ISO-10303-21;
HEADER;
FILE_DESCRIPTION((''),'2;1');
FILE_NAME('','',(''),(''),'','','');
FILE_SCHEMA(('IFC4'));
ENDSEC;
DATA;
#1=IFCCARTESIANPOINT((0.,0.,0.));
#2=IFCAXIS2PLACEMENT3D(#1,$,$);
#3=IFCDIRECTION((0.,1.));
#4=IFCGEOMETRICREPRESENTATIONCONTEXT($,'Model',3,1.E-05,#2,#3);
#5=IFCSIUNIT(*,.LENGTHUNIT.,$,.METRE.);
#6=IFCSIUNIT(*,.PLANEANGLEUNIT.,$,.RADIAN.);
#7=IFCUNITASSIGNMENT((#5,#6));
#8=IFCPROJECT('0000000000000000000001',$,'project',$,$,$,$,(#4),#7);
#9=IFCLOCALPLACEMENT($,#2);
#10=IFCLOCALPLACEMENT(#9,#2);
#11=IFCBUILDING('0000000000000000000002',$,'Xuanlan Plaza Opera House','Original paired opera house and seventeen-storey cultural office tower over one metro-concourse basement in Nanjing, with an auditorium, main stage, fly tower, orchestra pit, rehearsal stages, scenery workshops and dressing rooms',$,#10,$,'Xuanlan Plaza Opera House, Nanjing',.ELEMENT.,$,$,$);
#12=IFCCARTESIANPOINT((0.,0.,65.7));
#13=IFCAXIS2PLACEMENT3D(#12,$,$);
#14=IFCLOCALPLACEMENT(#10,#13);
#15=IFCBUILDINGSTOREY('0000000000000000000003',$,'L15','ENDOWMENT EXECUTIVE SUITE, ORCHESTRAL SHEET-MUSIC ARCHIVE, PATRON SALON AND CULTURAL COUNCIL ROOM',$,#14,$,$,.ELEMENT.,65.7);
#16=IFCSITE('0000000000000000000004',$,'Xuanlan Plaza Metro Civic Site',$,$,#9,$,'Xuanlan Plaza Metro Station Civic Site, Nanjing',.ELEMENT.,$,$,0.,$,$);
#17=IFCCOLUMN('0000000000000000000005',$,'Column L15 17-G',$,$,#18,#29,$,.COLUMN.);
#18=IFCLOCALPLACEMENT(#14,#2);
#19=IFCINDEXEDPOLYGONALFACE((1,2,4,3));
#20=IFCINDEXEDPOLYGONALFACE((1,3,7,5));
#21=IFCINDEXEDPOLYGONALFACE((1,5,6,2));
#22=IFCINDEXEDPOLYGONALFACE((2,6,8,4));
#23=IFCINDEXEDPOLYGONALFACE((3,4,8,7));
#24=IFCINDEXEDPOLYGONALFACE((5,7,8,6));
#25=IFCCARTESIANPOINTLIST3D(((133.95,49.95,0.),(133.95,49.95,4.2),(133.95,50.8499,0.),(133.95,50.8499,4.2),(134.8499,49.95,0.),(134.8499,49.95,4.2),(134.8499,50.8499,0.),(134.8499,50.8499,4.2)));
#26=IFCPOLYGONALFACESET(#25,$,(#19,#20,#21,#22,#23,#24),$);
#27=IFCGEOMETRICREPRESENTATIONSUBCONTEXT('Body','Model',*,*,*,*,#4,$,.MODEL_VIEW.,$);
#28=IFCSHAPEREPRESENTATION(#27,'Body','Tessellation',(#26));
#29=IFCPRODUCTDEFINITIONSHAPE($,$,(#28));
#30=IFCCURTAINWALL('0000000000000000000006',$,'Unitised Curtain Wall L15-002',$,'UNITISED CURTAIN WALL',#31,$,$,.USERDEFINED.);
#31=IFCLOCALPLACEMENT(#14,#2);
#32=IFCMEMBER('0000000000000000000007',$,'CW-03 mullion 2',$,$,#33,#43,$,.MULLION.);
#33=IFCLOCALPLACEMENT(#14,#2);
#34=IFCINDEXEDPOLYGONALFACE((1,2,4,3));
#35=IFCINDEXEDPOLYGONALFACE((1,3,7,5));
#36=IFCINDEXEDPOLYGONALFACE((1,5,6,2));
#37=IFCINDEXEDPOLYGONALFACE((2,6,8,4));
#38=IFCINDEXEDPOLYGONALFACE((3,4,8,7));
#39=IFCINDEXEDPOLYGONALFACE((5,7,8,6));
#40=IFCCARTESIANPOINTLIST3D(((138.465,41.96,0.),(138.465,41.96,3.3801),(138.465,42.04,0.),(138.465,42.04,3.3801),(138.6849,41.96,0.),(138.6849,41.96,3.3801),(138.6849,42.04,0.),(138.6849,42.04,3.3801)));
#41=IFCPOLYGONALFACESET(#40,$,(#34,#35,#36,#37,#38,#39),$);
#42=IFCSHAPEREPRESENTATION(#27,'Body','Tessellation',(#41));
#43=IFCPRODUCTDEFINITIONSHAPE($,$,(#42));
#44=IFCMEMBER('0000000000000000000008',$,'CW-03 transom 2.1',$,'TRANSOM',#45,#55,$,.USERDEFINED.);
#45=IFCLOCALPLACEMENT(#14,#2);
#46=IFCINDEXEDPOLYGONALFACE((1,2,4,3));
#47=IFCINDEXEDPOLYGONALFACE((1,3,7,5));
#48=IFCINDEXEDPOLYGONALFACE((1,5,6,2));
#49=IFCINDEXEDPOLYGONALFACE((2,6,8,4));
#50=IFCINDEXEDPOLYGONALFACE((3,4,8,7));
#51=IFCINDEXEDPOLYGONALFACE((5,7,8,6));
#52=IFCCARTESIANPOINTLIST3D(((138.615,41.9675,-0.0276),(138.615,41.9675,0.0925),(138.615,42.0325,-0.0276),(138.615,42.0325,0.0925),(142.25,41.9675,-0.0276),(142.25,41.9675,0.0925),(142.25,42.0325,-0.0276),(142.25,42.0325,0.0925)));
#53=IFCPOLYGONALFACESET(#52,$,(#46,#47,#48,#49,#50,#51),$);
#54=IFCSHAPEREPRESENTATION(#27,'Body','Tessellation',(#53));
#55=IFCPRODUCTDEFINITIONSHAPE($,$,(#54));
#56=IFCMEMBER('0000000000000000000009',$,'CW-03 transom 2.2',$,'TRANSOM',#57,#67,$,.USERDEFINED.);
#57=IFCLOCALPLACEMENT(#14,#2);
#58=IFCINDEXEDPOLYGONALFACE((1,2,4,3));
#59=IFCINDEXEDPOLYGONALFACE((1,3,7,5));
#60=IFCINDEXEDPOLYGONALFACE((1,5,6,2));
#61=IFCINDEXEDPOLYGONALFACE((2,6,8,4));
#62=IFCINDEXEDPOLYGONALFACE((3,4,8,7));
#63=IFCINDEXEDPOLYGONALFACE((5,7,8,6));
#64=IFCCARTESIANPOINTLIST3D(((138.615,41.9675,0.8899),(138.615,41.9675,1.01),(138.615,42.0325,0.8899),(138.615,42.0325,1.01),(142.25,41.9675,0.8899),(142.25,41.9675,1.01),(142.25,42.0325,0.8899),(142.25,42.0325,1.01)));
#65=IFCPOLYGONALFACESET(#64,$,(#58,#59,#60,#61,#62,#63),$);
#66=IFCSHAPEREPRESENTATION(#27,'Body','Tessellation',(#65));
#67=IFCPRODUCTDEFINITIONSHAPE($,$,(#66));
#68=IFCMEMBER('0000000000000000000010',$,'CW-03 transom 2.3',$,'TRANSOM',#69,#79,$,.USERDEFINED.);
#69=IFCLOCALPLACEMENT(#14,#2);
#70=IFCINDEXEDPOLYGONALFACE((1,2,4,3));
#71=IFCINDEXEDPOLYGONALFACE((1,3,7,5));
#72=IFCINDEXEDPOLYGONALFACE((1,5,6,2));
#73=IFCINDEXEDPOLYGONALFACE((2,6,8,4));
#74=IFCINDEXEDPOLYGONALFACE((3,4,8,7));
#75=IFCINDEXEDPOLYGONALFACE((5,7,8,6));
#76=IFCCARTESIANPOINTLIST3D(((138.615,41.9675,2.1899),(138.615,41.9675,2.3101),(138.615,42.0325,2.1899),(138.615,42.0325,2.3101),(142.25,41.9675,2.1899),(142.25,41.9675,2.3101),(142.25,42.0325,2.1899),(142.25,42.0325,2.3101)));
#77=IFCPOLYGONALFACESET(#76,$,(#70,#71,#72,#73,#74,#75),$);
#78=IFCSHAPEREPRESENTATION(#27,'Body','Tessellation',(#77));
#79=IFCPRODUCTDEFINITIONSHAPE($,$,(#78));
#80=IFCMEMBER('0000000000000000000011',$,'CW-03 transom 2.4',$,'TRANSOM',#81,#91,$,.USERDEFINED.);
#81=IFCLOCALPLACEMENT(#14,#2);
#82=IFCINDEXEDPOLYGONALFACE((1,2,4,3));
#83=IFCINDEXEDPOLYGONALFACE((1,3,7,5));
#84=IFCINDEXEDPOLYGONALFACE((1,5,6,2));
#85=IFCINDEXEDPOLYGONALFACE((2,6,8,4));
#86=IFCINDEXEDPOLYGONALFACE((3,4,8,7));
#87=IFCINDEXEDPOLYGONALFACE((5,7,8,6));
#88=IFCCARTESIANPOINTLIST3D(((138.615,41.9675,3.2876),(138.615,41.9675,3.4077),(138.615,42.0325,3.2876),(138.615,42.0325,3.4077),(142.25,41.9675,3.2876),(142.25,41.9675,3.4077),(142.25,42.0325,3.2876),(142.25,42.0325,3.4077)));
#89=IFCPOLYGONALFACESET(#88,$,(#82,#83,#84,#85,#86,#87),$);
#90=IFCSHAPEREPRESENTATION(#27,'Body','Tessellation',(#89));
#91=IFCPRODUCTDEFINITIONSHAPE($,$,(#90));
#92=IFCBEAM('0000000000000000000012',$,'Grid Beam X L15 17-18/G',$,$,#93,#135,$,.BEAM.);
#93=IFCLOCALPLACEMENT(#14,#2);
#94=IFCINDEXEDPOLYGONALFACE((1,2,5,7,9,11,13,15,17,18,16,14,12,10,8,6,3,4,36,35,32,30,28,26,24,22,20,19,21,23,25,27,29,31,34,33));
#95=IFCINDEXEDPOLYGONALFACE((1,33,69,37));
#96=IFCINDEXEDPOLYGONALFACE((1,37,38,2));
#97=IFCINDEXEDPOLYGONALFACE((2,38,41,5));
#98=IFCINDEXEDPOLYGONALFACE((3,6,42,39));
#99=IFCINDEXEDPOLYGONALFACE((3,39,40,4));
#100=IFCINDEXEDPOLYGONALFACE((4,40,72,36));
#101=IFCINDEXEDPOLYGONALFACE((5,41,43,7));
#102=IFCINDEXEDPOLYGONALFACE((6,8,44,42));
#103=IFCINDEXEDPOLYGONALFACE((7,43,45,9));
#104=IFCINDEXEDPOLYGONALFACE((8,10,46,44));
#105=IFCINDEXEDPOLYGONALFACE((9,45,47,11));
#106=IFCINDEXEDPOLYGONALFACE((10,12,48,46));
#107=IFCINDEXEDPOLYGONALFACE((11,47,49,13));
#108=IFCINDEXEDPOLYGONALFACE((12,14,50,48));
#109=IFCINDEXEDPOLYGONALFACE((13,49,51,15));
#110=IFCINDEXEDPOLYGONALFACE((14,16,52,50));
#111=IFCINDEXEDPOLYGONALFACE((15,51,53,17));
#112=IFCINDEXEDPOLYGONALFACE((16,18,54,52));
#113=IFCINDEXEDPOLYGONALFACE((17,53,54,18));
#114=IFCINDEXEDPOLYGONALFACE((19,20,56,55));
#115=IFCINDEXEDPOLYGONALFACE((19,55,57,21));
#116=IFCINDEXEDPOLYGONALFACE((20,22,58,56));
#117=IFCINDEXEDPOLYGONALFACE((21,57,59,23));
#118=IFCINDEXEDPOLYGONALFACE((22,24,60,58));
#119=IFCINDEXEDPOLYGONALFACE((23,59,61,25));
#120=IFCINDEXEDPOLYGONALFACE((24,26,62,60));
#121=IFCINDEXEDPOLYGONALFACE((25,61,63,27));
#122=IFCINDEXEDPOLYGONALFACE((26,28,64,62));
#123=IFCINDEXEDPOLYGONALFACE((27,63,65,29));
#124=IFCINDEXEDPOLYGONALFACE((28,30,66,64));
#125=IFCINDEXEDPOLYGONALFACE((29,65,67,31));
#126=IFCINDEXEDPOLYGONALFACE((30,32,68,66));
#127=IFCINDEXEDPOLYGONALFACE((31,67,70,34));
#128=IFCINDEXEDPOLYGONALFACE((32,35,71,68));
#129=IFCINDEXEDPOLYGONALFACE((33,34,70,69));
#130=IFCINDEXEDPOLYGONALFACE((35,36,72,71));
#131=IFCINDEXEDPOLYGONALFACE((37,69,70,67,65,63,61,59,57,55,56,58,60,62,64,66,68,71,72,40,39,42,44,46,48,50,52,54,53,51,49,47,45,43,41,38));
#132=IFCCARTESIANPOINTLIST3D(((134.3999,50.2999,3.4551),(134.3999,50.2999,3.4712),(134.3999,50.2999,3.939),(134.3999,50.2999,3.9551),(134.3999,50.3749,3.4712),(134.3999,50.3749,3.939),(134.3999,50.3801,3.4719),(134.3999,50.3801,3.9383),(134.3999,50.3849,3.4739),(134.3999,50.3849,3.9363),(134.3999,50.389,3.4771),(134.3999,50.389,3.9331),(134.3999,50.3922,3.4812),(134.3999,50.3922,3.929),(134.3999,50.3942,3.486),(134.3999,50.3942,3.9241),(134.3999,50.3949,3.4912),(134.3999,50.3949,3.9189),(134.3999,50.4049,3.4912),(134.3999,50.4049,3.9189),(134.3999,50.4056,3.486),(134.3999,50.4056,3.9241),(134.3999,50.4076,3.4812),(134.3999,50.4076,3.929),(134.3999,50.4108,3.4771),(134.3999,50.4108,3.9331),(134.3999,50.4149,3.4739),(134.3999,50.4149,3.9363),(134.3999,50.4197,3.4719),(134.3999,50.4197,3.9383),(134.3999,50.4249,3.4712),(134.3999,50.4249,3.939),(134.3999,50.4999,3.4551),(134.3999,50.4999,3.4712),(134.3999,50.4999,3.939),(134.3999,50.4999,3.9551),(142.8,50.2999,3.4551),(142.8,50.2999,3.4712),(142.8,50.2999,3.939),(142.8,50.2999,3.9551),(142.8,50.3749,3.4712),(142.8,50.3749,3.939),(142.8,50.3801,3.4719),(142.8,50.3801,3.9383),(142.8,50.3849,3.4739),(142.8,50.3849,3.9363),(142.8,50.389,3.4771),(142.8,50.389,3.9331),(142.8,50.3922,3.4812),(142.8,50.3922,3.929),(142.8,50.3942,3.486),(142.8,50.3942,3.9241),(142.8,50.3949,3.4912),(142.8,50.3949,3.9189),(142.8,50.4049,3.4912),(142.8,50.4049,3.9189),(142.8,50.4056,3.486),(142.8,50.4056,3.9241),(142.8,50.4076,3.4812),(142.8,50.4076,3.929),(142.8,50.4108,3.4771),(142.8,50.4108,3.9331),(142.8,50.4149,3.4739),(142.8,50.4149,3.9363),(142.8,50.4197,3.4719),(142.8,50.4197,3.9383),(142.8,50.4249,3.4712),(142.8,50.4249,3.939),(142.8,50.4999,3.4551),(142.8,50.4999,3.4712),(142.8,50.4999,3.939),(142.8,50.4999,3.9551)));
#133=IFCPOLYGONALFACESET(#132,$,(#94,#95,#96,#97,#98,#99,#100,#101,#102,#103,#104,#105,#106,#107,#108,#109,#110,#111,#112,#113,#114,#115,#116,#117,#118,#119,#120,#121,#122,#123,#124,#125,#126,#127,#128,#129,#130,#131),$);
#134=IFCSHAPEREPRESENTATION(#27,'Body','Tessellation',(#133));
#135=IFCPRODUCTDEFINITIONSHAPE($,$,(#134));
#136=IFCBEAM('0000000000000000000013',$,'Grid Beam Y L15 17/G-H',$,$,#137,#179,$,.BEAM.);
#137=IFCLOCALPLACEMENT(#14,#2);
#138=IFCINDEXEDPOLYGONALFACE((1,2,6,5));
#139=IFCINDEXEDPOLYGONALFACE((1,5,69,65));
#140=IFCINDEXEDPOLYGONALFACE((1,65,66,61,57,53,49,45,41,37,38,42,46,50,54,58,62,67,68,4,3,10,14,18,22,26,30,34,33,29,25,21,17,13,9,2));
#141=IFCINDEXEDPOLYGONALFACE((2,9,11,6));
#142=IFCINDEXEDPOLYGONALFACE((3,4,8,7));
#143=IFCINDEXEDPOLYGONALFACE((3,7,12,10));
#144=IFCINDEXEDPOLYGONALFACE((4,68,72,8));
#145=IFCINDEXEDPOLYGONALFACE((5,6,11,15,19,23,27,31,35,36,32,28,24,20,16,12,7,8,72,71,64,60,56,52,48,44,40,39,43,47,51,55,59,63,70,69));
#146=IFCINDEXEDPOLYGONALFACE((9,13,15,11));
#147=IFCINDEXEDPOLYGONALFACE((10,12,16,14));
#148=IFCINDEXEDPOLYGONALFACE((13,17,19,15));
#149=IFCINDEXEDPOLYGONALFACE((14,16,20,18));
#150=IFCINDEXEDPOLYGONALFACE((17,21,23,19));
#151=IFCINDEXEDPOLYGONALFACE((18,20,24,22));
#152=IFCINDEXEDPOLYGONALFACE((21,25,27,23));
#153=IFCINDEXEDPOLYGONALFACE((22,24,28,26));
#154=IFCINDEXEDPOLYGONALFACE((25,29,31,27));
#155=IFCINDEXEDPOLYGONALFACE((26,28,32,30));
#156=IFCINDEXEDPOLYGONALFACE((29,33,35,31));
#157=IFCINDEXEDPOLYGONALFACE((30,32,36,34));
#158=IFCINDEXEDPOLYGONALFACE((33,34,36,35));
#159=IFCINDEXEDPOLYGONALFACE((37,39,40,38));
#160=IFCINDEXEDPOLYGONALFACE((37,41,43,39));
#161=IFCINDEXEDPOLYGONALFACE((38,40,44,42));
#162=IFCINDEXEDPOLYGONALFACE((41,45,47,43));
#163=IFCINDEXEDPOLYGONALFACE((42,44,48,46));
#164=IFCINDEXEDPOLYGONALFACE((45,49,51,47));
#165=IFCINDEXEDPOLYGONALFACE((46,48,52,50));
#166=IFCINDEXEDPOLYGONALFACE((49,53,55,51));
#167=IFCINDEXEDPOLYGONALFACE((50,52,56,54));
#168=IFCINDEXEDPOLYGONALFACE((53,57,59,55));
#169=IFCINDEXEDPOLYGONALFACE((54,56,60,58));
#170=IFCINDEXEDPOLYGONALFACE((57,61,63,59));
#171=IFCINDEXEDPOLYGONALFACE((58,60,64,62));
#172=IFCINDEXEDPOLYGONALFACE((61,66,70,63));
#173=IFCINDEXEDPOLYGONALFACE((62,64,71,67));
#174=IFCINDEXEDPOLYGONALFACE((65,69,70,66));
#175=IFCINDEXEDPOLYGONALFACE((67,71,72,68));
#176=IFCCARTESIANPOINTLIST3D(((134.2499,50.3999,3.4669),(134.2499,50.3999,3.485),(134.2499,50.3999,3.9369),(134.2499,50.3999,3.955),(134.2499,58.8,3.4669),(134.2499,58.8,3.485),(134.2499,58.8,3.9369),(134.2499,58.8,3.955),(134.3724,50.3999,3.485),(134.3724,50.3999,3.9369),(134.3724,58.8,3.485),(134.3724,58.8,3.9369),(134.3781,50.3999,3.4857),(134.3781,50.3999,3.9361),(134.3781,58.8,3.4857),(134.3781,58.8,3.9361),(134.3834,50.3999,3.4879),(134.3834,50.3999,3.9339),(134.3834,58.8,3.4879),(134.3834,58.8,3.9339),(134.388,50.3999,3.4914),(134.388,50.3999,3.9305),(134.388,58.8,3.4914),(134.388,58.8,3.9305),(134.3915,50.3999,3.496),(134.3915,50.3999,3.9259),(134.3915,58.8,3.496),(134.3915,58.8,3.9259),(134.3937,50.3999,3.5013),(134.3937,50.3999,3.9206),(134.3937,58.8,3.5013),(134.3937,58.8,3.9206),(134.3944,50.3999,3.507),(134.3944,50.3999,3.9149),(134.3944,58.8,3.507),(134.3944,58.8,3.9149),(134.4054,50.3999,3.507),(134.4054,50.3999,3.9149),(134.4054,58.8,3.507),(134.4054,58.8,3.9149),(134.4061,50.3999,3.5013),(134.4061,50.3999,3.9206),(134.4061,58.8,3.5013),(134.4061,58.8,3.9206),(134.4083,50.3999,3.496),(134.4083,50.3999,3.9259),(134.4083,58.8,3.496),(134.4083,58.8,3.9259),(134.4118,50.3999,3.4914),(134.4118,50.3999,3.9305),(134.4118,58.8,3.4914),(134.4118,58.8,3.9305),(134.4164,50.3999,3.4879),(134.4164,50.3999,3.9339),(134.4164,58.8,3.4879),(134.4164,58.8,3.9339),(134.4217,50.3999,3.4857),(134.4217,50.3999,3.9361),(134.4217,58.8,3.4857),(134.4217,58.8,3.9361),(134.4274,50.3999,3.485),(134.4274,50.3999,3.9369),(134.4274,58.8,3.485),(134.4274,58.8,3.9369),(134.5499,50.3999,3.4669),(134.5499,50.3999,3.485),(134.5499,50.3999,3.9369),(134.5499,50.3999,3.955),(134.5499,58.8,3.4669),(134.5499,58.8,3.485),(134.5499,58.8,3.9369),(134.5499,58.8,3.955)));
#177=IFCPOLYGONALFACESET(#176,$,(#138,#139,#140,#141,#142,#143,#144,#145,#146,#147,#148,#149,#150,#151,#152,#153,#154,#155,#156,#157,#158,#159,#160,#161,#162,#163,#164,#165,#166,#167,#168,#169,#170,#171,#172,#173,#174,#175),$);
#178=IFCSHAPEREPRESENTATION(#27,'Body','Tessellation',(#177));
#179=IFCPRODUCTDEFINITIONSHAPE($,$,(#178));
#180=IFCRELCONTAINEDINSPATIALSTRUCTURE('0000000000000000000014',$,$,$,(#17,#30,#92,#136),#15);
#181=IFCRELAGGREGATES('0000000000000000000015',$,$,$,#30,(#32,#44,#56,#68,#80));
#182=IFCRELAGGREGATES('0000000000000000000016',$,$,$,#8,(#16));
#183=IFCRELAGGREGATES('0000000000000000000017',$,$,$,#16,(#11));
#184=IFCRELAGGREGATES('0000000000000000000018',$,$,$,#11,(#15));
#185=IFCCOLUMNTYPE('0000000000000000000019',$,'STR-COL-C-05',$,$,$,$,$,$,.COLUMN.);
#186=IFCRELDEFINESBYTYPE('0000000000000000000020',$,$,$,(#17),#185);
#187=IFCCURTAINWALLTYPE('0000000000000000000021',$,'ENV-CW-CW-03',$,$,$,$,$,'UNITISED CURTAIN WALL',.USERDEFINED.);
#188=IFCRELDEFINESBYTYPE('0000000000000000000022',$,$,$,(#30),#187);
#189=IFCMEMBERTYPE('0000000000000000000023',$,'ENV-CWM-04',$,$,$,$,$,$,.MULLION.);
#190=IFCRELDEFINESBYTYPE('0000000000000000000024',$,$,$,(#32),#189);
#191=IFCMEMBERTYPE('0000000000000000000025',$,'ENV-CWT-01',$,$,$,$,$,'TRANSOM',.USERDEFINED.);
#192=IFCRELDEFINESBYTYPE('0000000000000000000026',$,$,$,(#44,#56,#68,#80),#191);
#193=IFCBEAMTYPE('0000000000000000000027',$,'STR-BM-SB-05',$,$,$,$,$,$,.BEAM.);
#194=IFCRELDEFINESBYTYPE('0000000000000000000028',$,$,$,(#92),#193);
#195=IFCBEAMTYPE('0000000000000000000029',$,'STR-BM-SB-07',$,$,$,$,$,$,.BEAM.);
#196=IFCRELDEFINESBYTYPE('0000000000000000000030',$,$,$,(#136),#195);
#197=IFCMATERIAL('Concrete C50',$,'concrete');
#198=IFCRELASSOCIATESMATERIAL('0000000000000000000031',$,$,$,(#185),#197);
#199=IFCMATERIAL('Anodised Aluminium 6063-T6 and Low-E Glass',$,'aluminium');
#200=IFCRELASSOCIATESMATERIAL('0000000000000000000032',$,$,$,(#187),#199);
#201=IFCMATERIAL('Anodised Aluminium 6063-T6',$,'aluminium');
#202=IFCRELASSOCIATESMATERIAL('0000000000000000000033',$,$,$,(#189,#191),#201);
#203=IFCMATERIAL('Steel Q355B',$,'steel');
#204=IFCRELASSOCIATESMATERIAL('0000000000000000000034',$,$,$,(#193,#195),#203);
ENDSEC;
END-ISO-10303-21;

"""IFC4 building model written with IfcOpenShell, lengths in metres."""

from ifc_helpers import new_model, si_unit, direction, frame, origin, origin_2d, place, context, subcontext, project, spatial, rectangle, i_section, extrude, material, material_profile, profile_set, type_object, element, aggregate, save


model = new_model("IFC4")

# Units and contexts
model_context = context("Model", 3, precision=1e-05, world=origin(), true_north=direction((0.0, 1.0)))
body_context = subcontext(model_context, "Body", "Model", "MODEL_VIEW")
ifc_project = project(units=[si_unit("LENGTHUNIT", "METRE"), si_unit("PLANEANGLEUNIT", "RADIAN")], contexts=[model_context])

# Site, building, storey
site_placement = place(None, origin())
site = spatial("IfcSite", under=ifc_project, at=site_placement, Name="Xuanlan Plaza Metro Civic Site", LongName="Xuanlan Plaza Metro Station Civic Site, Nanjing", CompositionType="ELEMENT", RefElevation=0.0)
building_placement = place(site_placement, origin())
building = spatial("IfcBuilding", under=site, at=building_placement, Name="Xuanlan Plaza Opera House", Description="Original paired opera house and seventeen-storey cultural office tower over one metro-concourse basement in Nanjing, with an auditorium, main stage, fly tower, orchestra pit, rehearsal stages, scenery workshops and dressing rooms", LongName="Xuanlan Plaza Opera House, Nanjing", CompositionType="ELEMENT")
storey_placement = place(building_placement, frame((0.0, 0.0, 65.7)))
storey = spatial("IfcBuildingStorey", under=building, at=storey_placement, Name="L15", Description="ENDOWMENT EXECUTIVE SUITE, ORCHESTRAL SHEET-MUSIC ARCHIVE, PATRON SALON AND CULTURAL COUNCIL ROOM", CompositionType="ELEMENT", Elevation=65.7)

# Column
ifc_material_1 = material(Name="Concrete C50", Category="concrete")
ifc_material_profile_1 = material_profile(ifc_material_1, rectangle(XDim=0.8999, YDim=0.8999, at=origin_2d()), Name="RC-COL 900x900")
ifc_profile_set_1 = profile_set([ifc_material_profile_1], Name="Concrete C50")
column_type = type_object("IfcColumnType", Name="STR-COL-C-05", PredefinedType="COLUMN", material=ifc_profile_set_1)
column_placement = place(storey_placement, frame((134.3999, 50.3999, 0.0), z_axis=(0.0, 0.0, 1.0), x_axis=(1.0, 0.0, 0.0)))
element("IfcColumn", 1, at=column_placement, inside=storey, type_object=column_type, Name="Column L15 17-G", PredefinedType="COLUMN", context=body_context, shape_type="SweptSolid", body=[
    extrude(rectangle(XDim=0.8999, YDim=0.8999, at=origin_2d()), origin(), (0.0, 0.0, 1.0), 4.2),
])

# Curtain wall, members
ifc_material_2 = material(Name="Anodised Aluminium 6063-T6 and Low-E Glass", Category="aluminium")
curtain_wall_type = type_object("IfcCurtainWallType", Name="ENV-CW-CW-03", ElementType="UNITISED CURTAIN WALL", PredefinedType="USERDEFINED", material=ifc_material_2)
curtain_wall_placement = place(storey_placement, origin())
curtain_wall = element("IfcCurtainWall", 2, at=curtain_wall_placement, inside=storey, type_object=curtain_wall_type, Name="Unitised Curtain Wall L15-002", ObjectType="UNITISED CURTAIN WALL", PredefinedType="USERDEFINED")
ifc_material_3 = material(Name="Anodised Aluminium 6063-T6", Category="aluminium")
ifc_material_profile_2 = material_profile(ifc_material_3, rectangle(XDim=0.0801, YDim=0.22, at=origin_2d()), Name="ALU-M 80x220")
ifc_profile_set_2 = profile_set([ifc_material_profile_2], Name="Anodised Aluminium 6063-T6")
member_type_1 = type_object("IfcMemberType", Name="ENV-CWM-04", PredefinedType="MULLION", material=ifc_profile_set_2)
member_1_placement = place(storey_placement, frame((138.575, 42.0, 0.0), z_axis=(0.0, 0.0, 1.0), x_axis=(0.0, 1.0, 0.0)))
member_1 = element("IfcMember", 3, at=member_1_placement, type_object=member_type_1, Name="CW-03 mullion 2", PredefinedType="MULLION", context=body_context, shape_type="SweptSolid", body=[
    extrude(rectangle(XDim=0.0801, YDim=0.22, at=origin_2d()), origin(), (0.0, 0.0, 1.0), 3.3801),
])
ifc_material_profile_3 = material_profile(ifc_material_3, rectangle(XDim=0.0649, YDim=0.1201, at=origin_2d()), Name="ALU-T 65x120")
ifc_profile_set_3 = profile_set([ifc_material_profile_3], Name="Anodised Aluminium 6063-T6")
member_type_2 = type_object("IfcMemberType", Name="ENV-CWT-01", ElementType="TRANSOM", PredefinedType="USERDEFINED", material=ifc_profile_set_3)
member_2_placement = place(storey_placement, frame((138.615, 42.0, 0.0325), z_axis=(1.0, 0.0, 0.0), x_axis=(0.0, 1.0, 0.0)))
member_2 = element("IfcMember", 4, at=member_2_placement, type_object=member_type_2, Name="CW-03 transom 2.1", ObjectType="TRANSOM", PredefinedType="USERDEFINED", context=body_context, shape_type="SweptSolid", body=[
    extrude(rectangle(XDim=0.0649, YDim=0.1201, at=origin_2d()), origin(), (0.0, 0.0, 1.0), 3.635),
])
member_3_placement = place(storey_placement, frame((138.615, 42.0, 0.95), z_axis=(1.0, 0.0, 0.0), x_axis=(0.0, 1.0, 0.0)))
member_3 = element("IfcMember", 5, at=member_3_placement, type_object=member_type_2, Name="CW-03 transom 2.2", ObjectType="TRANSOM", PredefinedType="USERDEFINED", context=body_context, shape_type="SweptSolid", body=[
    extrude(rectangle(XDim=0.0649, YDim=0.1201, at=origin_2d()), origin(), (0.0, 0.0, 1.0), 3.635),
])
member_4_placement = place(storey_placement, frame((138.615, 42.0, 2.25), z_axis=(1.0, 0.0, 0.0), x_axis=(0.0, 1.0, 0.0)))
member_4 = element("IfcMember", 6, at=member_4_placement, type_object=member_type_2, Name="CW-03 transom 2.3", ObjectType="TRANSOM", PredefinedType="USERDEFINED", context=body_context, shape_type="SweptSolid", body=[
    extrude(rectangle(XDim=0.0649, YDim=0.1201, at=origin_2d()), origin(), (0.0, 0.0, 1.0), 3.635),
])
member_5_placement = place(storey_placement, frame((138.615, 42.0, 3.3477), z_axis=(1.0, 0.0, 0.0), x_axis=(0.0, 1.0, 0.0)))
member_5 = element("IfcMember", 7, at=member_5_placement, type_object=member_type_2, Name="CW-03 transom 2.4", ObjectType="TRANSOM", PredefinedType="USERDEFINED", context=body_context, shape_type="SweptSolid", body=[
    extrude(rectangle(XDim=0.0649, YDim=0.1201, at=origin_2d()), origin(), (0.0, 0.0, 1.0), 3.635),
])

# Beams
ifc_material_4 = material(Name="Steel Q355B", Category="steel")
ifc_material_profile_4 = material_profile(ifc_material_4, i_section(OverallWidth=0.2, OverallDepth=0.5, WebThickness=0.01, FlangeThickness=0.0161, FilletRadius=0.02, at=origin_2d()), Name="HN 500x200x10x16")
ifc_profile_set_4 = profile_set([ifc_material_profile_4], Name="Steel Q355B")
beam_type_1 = type_object("IfcBeamType", Name="STR-BM-SB-05", PredefinedType="BEAM", material=ifc_profile_set_4)
beam_1_placement = place(storey_placement, frame((134.3999, 50.3999, 3.7051), z_axis=(1.0, 0.0, 0.0), x_axis=(0.0, 1.0, 0.0)))
element("IfcBeam", 8, at=beam_1_placement, inside=storey, type_object=beam_type_1, Name="Grid Beam X L15 17-18/G", PredefinedType="BEAM", context=body_context, shape_type="SweptSolid", body=[
    extrude(i_section(OverallWidth=0.2, OverallDepth=0.5, WebThickness=0.01, FlangeThickness=0.0161, FilletRadius=0.02, at=origin_2d()), origin(), (0.0, 0.0, 1.0), 8.4001),
])
ifc_material_profile_5 = material_profile(ifc_material_4, i_section(OverallWidth=0.3, OverallDepth=0.488, WebThickness=0.011, FlangeThickness=0.0181, FilletRadius=0.022, at=origin_2d()), Name="HM 488x300x11x18")
ifc_profile_set_5 = profile_set([ifc_material_profile_5], Name="Steel Q355B")
beam_type_2 = type_object("IfcBeamType", Name="STR-BM-SB-07", PredefinedType="BEAM", material=ifc_profile_set_5)
beam_2_placement = place(storey_placement, frame((134.3999, 50.3999, 3.7109), z_axis=(0.0, 1.0, 0.0), x_axis=(-1.0, 0.0, 0.0)))
element("IfcBeam", 9, at=beam_2_placement, inside=storey, type_object=beam_type_2, Name="Grid Beam Y L15 17/G-H", PredefinedType="BEAM", context=body_context, shape_type="SweptSolid", body=[
    extrude(i_section(OverallWidth=0.3, OverallDepth=0.488, WebThickness=0.011, FlangeThickness=0.0181, FilletRadius=0.022, at=origin_2d()), origin(), (0.0, 0.0, 1.0), 8.4001),
])

aggregate(curtain_wall, [member_1, member_2, member_3, member_4, member_5])

save(model, "model.ifc")
